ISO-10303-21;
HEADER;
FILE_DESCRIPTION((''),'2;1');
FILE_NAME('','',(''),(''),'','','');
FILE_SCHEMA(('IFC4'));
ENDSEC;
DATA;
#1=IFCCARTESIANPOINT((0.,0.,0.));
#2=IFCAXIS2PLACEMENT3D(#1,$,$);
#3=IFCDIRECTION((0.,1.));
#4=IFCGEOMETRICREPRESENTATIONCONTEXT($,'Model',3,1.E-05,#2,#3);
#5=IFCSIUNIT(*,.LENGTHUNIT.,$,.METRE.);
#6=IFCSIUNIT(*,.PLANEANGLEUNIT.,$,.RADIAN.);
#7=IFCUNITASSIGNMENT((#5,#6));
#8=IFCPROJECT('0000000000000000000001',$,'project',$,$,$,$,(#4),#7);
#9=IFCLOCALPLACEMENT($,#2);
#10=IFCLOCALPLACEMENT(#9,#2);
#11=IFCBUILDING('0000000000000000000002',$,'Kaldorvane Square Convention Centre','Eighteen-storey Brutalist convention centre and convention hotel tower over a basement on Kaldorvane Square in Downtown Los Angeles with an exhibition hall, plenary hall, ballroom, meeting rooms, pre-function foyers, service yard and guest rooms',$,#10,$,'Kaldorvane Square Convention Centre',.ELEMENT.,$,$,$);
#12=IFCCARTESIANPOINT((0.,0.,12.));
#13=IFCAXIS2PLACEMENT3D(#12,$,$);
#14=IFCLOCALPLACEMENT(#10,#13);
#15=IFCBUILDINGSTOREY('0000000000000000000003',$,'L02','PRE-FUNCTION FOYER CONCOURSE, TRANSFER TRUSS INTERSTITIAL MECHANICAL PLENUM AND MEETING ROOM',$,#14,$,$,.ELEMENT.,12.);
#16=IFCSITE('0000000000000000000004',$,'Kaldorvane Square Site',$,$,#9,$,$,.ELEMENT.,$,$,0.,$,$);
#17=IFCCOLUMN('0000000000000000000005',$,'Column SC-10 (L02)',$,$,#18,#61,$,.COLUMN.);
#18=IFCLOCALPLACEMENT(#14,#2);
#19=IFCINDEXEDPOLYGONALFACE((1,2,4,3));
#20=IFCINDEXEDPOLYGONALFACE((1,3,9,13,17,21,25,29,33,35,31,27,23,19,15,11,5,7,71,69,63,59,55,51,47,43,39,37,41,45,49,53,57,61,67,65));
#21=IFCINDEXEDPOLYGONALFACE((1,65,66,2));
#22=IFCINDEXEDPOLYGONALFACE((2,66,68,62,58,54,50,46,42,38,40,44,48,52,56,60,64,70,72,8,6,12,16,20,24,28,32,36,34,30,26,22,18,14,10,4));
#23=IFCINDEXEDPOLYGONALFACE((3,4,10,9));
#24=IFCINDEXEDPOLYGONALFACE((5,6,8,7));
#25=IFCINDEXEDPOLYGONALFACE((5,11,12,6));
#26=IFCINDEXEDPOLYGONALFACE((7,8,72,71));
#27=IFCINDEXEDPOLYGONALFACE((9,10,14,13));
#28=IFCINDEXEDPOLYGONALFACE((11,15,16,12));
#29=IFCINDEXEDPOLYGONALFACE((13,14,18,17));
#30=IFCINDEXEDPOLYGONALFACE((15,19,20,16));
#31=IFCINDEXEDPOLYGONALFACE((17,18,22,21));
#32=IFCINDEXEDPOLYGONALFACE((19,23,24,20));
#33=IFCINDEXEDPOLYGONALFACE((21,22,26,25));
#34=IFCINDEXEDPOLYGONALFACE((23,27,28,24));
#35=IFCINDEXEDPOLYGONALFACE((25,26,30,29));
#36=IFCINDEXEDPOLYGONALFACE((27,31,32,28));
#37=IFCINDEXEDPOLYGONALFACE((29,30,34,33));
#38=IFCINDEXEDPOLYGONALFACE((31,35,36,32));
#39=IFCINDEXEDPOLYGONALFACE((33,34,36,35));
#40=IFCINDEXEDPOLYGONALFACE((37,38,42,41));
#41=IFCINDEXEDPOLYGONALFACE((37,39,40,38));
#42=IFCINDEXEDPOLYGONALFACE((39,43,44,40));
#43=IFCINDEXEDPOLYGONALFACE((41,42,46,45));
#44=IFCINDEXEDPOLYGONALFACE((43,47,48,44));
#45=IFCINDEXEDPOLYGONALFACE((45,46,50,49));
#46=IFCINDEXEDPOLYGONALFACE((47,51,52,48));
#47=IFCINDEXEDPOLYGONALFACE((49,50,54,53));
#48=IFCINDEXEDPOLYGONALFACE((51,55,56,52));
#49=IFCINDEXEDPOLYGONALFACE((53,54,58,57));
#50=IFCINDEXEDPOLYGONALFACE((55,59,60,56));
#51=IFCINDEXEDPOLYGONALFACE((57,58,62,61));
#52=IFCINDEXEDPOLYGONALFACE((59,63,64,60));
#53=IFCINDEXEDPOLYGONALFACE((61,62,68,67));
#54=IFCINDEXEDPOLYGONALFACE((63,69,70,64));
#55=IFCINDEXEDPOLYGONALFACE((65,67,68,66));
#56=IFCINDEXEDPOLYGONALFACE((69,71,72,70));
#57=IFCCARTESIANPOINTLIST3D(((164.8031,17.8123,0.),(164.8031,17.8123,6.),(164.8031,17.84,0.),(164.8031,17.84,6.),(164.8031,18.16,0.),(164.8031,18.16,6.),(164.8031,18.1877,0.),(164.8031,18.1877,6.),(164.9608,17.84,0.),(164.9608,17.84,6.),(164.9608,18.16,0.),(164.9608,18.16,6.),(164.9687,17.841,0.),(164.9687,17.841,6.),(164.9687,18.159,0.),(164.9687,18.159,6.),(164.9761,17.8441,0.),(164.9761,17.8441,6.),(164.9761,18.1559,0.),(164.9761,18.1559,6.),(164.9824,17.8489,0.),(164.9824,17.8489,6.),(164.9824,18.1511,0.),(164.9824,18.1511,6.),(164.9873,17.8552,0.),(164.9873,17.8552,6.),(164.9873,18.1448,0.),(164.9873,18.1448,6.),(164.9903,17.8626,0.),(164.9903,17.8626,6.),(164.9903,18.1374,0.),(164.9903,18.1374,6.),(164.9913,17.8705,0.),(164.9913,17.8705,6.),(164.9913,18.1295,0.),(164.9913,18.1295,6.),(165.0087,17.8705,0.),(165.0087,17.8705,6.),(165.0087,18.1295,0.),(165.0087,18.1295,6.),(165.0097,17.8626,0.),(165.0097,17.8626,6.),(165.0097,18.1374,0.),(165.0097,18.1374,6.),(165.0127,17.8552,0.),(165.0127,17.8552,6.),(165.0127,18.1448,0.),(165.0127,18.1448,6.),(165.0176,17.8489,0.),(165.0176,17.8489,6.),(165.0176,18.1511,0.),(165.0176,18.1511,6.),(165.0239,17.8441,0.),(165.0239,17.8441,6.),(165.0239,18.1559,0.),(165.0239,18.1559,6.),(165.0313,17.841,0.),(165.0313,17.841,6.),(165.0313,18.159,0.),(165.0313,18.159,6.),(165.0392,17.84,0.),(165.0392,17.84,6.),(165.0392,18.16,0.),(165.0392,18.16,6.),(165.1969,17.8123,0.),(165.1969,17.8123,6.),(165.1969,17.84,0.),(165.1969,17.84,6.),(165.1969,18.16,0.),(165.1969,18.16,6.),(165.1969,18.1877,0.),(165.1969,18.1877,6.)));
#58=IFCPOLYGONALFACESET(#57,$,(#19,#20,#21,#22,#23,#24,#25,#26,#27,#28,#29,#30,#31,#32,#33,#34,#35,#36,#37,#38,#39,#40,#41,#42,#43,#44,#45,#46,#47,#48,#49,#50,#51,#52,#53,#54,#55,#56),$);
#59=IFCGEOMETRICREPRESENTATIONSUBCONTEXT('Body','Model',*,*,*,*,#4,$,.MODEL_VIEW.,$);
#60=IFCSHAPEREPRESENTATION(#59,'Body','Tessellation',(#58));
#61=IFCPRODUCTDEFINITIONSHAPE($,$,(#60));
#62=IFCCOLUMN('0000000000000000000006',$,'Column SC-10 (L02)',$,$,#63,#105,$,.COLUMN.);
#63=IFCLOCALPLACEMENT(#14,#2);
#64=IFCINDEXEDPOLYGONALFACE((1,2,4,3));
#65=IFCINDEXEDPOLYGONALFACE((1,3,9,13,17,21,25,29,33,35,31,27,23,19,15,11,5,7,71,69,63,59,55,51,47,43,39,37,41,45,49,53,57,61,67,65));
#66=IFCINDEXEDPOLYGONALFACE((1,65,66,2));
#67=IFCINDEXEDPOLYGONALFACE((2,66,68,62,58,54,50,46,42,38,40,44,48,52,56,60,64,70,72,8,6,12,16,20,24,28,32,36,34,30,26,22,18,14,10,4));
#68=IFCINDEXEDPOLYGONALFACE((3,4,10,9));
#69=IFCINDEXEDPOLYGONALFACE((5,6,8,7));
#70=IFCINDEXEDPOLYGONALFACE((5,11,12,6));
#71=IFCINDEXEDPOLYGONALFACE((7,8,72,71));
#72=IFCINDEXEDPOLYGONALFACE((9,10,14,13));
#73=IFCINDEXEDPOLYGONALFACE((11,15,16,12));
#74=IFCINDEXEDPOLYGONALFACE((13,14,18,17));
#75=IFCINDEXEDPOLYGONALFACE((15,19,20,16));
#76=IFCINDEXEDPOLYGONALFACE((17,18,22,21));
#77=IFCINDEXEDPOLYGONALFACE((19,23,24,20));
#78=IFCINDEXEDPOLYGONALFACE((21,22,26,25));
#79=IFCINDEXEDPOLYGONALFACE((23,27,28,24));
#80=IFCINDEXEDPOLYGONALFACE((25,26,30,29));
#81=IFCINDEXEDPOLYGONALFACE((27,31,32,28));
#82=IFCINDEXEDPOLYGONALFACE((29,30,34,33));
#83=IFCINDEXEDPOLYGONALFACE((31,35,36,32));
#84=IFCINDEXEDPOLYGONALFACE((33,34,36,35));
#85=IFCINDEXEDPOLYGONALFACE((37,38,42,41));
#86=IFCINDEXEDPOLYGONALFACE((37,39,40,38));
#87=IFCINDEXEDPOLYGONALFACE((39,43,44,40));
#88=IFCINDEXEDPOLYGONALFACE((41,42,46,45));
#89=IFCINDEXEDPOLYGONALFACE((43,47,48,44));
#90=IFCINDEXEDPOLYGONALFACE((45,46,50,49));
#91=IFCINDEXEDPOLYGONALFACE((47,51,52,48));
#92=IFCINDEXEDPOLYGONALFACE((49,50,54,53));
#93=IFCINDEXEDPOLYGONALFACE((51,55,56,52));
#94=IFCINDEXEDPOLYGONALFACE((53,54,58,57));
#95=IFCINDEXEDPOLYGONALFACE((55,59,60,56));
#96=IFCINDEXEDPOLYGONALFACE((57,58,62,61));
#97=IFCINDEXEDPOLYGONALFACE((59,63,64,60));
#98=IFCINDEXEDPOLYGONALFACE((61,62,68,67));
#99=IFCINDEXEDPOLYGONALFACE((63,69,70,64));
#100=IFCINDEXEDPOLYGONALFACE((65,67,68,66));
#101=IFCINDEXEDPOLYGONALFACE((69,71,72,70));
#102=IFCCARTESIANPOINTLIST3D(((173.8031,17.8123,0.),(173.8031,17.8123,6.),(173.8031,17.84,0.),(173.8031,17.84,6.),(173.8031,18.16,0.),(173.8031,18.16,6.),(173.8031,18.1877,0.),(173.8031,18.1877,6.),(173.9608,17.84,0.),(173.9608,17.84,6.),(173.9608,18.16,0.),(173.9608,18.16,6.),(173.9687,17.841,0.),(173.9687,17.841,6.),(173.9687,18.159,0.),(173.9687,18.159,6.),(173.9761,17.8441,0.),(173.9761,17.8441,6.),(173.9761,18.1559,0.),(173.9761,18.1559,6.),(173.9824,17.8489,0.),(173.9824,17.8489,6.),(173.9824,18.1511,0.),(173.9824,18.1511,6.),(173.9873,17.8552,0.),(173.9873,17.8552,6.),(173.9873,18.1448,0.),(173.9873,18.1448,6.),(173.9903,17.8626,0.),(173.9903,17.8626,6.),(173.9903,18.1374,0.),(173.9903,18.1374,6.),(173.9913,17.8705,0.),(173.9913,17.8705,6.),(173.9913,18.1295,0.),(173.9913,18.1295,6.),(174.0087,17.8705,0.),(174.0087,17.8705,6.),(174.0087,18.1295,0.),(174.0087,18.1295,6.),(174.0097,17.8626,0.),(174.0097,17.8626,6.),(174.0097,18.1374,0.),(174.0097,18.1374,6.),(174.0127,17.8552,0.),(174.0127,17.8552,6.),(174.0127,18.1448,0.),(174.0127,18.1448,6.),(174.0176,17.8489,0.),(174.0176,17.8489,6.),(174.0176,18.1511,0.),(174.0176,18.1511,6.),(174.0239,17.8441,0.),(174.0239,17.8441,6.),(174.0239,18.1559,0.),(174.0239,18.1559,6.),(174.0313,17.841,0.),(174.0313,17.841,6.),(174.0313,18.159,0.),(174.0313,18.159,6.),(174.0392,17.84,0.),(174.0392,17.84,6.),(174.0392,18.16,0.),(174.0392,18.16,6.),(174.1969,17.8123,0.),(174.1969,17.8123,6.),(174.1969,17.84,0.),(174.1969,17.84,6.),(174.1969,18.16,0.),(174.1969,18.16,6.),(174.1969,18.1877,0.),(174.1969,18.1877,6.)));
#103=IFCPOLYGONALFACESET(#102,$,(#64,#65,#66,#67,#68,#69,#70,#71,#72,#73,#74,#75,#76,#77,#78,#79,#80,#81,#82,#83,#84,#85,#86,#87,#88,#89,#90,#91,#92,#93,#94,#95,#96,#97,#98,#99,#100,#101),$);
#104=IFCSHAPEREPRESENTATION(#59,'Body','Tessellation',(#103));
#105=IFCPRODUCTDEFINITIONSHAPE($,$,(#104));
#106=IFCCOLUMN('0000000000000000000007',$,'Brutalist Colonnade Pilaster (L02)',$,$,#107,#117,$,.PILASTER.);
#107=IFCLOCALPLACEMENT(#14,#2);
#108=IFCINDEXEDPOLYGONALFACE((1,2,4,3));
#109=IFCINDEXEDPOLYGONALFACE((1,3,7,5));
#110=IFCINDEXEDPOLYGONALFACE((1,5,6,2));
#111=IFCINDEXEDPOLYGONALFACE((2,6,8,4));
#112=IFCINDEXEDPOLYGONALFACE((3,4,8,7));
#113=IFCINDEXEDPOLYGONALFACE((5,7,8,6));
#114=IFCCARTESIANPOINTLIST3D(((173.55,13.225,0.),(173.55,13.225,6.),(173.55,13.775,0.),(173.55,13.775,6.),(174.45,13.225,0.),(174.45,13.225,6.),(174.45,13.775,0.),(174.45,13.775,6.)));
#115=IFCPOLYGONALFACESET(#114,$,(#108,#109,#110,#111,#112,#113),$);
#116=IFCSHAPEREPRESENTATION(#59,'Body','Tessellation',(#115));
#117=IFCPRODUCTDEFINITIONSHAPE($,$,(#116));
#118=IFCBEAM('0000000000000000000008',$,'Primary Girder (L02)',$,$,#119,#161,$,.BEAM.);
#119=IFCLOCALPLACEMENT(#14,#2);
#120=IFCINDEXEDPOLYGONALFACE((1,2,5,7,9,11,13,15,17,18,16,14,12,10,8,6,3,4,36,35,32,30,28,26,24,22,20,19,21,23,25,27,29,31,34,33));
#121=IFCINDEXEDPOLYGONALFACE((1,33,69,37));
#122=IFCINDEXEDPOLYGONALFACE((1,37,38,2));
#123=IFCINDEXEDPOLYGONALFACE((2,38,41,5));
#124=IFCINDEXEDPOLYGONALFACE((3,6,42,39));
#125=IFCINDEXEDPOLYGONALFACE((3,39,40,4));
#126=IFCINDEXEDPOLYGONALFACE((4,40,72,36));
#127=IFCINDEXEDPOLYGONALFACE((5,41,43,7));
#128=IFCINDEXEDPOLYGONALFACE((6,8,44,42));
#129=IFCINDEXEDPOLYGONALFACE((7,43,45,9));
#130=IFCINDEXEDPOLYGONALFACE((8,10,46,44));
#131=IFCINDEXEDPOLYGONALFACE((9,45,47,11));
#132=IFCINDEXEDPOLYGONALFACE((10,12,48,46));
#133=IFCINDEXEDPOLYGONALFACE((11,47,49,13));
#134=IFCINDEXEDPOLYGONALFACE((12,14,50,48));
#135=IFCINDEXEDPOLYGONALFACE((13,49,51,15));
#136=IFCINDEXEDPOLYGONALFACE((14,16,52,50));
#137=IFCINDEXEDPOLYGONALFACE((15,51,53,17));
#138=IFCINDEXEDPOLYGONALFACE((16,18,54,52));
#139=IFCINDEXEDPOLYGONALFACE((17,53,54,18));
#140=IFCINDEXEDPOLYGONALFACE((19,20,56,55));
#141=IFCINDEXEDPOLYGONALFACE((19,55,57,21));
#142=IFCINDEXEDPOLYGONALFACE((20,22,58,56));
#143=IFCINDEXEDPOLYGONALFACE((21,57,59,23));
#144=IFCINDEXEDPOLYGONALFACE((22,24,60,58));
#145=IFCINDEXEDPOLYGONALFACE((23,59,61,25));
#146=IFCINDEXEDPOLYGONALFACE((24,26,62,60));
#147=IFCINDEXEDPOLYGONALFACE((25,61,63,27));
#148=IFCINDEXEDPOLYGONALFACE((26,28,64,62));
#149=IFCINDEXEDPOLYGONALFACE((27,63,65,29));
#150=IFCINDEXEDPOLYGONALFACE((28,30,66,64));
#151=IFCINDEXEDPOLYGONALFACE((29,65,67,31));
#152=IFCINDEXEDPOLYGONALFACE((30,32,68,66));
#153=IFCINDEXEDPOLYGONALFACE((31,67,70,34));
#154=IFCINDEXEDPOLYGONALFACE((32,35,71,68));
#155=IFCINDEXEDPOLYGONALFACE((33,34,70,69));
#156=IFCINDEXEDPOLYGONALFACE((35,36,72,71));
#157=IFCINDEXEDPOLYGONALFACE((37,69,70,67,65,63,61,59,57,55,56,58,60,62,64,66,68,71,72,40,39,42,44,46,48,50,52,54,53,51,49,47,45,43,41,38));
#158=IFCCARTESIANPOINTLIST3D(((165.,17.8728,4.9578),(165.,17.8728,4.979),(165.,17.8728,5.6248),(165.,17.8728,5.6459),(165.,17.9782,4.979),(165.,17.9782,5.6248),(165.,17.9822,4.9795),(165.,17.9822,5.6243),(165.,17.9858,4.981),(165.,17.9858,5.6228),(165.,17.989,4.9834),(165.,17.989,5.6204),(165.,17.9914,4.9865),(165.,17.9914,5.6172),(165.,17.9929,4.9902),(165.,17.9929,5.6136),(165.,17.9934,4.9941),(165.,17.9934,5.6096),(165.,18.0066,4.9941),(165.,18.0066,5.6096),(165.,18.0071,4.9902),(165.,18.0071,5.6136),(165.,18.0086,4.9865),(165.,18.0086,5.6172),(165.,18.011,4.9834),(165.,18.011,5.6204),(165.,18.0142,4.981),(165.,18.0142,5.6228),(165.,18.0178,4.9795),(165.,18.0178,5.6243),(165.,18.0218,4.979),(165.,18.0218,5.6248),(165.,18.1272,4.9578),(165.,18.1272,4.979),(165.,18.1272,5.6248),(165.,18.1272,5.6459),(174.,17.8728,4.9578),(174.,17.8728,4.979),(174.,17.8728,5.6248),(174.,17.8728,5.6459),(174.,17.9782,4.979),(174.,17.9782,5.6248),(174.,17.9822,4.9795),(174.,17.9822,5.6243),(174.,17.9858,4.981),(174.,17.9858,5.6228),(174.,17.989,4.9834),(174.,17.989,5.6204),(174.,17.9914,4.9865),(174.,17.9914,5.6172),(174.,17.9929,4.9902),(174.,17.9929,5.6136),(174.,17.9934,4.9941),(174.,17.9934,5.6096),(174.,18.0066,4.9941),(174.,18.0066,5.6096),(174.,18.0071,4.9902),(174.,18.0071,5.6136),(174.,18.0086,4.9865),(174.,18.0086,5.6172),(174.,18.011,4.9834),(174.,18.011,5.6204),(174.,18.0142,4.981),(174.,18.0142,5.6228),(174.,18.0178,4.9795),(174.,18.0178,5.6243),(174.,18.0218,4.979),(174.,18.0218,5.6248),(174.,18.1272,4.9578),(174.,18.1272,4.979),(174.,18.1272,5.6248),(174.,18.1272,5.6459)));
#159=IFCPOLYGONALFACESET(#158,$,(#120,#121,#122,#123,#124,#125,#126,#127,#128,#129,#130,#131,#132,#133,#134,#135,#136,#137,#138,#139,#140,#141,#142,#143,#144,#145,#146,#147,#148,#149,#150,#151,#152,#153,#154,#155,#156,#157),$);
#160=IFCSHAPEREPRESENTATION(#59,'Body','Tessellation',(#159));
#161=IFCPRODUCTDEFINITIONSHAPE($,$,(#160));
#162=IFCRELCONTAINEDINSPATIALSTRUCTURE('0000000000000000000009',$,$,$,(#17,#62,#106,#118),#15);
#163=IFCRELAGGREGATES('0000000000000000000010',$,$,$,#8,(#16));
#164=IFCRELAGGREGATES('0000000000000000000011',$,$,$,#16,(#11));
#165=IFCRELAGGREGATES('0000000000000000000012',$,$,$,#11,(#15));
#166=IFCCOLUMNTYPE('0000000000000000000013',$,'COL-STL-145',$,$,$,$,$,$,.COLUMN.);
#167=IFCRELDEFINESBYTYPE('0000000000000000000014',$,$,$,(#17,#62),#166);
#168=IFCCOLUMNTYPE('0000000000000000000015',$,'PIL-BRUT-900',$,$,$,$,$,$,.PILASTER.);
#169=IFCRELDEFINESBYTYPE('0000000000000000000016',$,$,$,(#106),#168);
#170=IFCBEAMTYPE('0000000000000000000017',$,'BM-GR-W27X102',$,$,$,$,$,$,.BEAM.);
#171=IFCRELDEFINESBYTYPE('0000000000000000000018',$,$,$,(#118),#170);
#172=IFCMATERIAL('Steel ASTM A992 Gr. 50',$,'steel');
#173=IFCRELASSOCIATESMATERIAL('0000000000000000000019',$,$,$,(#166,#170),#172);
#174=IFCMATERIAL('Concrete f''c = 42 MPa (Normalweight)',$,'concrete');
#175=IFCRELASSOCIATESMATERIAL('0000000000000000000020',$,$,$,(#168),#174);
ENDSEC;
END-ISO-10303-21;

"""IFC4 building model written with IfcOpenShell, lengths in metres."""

from ifc_helpers import new_model, si_unit, direction, frame, origin, origin_2d, place, context, subcontext, project, spatial, rectangle, i_section, extrude, material, material_profile, profile_set, type_object, element, save


model = new_model("IFC4")

# Units and contexts
model_context = context("Model", 3, precision=1e-05, world=origin(), true_north=direction((0.0, 1.0)))
body_context = subcontext(model_context, "Body", "Model", "MODEL_VIEW")
ifc_project = project(units=[si_unit("LENGTHUNIT", "METRE"), si_unit("PLANEANGLEUNIT", "RADIAN")], contexts=[model_context])

# Site, building, storey
site_placement = place(None, origin())
site = spatial("IfcSite", under=ifc_project, at=site_placement, Name="Kaldorvane Square Site", CompositionType="ELEMENT", RefElevation=0.0)
building_placement = place(site_placement, origin())
building = spatial("IfcBuilding", under=site, at=building_placement, Name="Kaldorvane Square Convention Centre", Description="Eighteen-storey Brutalist convention centre and convention hotel tower over a basement on Kaldorvane Square in Downtown Los Angeles with an exhibition hall, plenary hall, ballroom, meeting rooms, pre-function foyers, service yard and guest rooms", LongName="Kaldorvane Square Convention Centre", CompositionType="ELEMENT")
storey_placement = place(building_placement, frame((0.0, 0.0, 12.0)))
storey = spatial("IfcBuildingStorey", under=building, at=storey_placement, Name="L02", Description="PRE-FUNCTION FOYER CONCOURSE, TRANSFER TRUSS INTERSTITIAL MECHANICAL PLENUM AND MEETING ROOM", CompositionType="ELEMENT", Elevation=12.0)

# Columns
ifc_material_1 = material(Name="Steel ASTM A992 Gr. 50", Category="steel")
ifc_material_profile_1 = material_profile(ifc_material_1, i_section(OverallWidth=0.3937, OverallDepth=0.3754, WebThickness=0.0173, FlangeThickness=0.0277, FilletRadius=0.0305, at=origin_2d()), Name="W14X145")
ifc_profile_set_1 = profile_set([ifc_material_profile_1], Name="Steel ASTM A992 Gr. 50")
column_type_1 = type_object("IfcColumnType", Name="COL-STL-145", PredefinedType="COLUMN", material=ifc_profile_set_1)
for number, where, z_axis, x_axis, name in (
    (1, (165.0, 18.0, 0.0), (0.0, 0.0, 1.0), (1.0, 0.0, 0.0), "Column SC-10 (L02)"),
    (2, (174.0, 18.0, 0.0), (0.0, 0.0, 1.0), (1.0, 0.0, 0.0), "Column SC-10 (L02)"),
):
    element("IfcColumn", number, at=place(storey_placement, frame(where, z_axis=z_axis, x_axis=x_axis)), inside=storey, type_object=column_type_1, Name=name, PredefinedType="COLUMN", context=body_context, shape_type="SweptSolid", body=[
        extrude(i_section(OverallWidth=0.3937, OverallDepth=0.3754, WebThickness=0.0173, FlangeThickness=0.0277, FilletRadius=0.0305, at=origin_2d()), origin(), (0.0, 0.0, 1.0), 6.0),
    ])
ifc_material_2 = material(Name="Concrete f'c = 42 MPa (Normalweight)", Category="concrete")
ifc_material_profile_2 = material_profile(ifc_material_2, rectangle(XDim=0.55, YDim=0.9, at=origin_2d()), Name="PIL900X550")
ifc_profile_set_2 = profile_set([ifc_material_profile_2], Name="Concrete f'c = 42 MPa (Normalweight)")
column_type_2 = type_object("IfcColumnType", Name="PIL-BRUT-900", PredefinedType="PILASTER", material=ifc_profile_set_2)
column_placement = place(storey_placement, frame((174.0, 13.5, 0.0), z_axis=(0.0, 0.0, 1.0), x_axis=(0.0, 1.0, 0.0)))
element("IfcColumn", 3, at=column_placement, inside=storey, type_object=column_type_2, Name="Brutalist Colonnade Pilaster (L02)", PredefinedType="PILASTER", context=body_context, shape_type="SweptSolid", body=[
    extrude(rectangle(XDim=0.55, YDim=0.9, at=origin_2d()), origin(), (0.0, 0.0, 1.0), 6.0),
])

# Beam
ifc_material_profile_3 = material_profile(ifc_material_1, i_section(OverallWidth=0.2544, OverallDepth=0.6881, WebThickness=0.0131, FlangeThickness=0.0211, FilletRadius=0.0152, at=origin_2d()), Name="W27X102")
ifc_profile_set_3 = profile_set([ifc_material_profile_3], Name="Steel ASTM A992 Gr. 50")
beam_type_1 = type_object("IfcBeamType", Name="BM-GR-W27X102", PredefinedType="BEAM", material=ifc_profile_set_3)
beam_1_placement = place(storey_placement, frame((165.0, 18.0, 5.3019), z_axis=(1.0, 0.0, 0.0), x_axis=(0.0, 1.0, 0.0)))
element("IfcBeam", 4, at=beam_1_placement, inside=storey, type_object=beam_type_1, Name="Primary Girder (L02)", PredefinedType="BEAM", context=body_context, shape_type="SweptSolid", body=[
    extrude(i_section(OverallWidth=0.2544, OverallDepth=0.6881, WebThickness=0.0131, FlangeThickness=0.0211, FilletRadius=0.0152, at=origin_2d()), origin(), (0.0, 0.0, 1.0), 9.0),
])

save(model, "model.ifc")
